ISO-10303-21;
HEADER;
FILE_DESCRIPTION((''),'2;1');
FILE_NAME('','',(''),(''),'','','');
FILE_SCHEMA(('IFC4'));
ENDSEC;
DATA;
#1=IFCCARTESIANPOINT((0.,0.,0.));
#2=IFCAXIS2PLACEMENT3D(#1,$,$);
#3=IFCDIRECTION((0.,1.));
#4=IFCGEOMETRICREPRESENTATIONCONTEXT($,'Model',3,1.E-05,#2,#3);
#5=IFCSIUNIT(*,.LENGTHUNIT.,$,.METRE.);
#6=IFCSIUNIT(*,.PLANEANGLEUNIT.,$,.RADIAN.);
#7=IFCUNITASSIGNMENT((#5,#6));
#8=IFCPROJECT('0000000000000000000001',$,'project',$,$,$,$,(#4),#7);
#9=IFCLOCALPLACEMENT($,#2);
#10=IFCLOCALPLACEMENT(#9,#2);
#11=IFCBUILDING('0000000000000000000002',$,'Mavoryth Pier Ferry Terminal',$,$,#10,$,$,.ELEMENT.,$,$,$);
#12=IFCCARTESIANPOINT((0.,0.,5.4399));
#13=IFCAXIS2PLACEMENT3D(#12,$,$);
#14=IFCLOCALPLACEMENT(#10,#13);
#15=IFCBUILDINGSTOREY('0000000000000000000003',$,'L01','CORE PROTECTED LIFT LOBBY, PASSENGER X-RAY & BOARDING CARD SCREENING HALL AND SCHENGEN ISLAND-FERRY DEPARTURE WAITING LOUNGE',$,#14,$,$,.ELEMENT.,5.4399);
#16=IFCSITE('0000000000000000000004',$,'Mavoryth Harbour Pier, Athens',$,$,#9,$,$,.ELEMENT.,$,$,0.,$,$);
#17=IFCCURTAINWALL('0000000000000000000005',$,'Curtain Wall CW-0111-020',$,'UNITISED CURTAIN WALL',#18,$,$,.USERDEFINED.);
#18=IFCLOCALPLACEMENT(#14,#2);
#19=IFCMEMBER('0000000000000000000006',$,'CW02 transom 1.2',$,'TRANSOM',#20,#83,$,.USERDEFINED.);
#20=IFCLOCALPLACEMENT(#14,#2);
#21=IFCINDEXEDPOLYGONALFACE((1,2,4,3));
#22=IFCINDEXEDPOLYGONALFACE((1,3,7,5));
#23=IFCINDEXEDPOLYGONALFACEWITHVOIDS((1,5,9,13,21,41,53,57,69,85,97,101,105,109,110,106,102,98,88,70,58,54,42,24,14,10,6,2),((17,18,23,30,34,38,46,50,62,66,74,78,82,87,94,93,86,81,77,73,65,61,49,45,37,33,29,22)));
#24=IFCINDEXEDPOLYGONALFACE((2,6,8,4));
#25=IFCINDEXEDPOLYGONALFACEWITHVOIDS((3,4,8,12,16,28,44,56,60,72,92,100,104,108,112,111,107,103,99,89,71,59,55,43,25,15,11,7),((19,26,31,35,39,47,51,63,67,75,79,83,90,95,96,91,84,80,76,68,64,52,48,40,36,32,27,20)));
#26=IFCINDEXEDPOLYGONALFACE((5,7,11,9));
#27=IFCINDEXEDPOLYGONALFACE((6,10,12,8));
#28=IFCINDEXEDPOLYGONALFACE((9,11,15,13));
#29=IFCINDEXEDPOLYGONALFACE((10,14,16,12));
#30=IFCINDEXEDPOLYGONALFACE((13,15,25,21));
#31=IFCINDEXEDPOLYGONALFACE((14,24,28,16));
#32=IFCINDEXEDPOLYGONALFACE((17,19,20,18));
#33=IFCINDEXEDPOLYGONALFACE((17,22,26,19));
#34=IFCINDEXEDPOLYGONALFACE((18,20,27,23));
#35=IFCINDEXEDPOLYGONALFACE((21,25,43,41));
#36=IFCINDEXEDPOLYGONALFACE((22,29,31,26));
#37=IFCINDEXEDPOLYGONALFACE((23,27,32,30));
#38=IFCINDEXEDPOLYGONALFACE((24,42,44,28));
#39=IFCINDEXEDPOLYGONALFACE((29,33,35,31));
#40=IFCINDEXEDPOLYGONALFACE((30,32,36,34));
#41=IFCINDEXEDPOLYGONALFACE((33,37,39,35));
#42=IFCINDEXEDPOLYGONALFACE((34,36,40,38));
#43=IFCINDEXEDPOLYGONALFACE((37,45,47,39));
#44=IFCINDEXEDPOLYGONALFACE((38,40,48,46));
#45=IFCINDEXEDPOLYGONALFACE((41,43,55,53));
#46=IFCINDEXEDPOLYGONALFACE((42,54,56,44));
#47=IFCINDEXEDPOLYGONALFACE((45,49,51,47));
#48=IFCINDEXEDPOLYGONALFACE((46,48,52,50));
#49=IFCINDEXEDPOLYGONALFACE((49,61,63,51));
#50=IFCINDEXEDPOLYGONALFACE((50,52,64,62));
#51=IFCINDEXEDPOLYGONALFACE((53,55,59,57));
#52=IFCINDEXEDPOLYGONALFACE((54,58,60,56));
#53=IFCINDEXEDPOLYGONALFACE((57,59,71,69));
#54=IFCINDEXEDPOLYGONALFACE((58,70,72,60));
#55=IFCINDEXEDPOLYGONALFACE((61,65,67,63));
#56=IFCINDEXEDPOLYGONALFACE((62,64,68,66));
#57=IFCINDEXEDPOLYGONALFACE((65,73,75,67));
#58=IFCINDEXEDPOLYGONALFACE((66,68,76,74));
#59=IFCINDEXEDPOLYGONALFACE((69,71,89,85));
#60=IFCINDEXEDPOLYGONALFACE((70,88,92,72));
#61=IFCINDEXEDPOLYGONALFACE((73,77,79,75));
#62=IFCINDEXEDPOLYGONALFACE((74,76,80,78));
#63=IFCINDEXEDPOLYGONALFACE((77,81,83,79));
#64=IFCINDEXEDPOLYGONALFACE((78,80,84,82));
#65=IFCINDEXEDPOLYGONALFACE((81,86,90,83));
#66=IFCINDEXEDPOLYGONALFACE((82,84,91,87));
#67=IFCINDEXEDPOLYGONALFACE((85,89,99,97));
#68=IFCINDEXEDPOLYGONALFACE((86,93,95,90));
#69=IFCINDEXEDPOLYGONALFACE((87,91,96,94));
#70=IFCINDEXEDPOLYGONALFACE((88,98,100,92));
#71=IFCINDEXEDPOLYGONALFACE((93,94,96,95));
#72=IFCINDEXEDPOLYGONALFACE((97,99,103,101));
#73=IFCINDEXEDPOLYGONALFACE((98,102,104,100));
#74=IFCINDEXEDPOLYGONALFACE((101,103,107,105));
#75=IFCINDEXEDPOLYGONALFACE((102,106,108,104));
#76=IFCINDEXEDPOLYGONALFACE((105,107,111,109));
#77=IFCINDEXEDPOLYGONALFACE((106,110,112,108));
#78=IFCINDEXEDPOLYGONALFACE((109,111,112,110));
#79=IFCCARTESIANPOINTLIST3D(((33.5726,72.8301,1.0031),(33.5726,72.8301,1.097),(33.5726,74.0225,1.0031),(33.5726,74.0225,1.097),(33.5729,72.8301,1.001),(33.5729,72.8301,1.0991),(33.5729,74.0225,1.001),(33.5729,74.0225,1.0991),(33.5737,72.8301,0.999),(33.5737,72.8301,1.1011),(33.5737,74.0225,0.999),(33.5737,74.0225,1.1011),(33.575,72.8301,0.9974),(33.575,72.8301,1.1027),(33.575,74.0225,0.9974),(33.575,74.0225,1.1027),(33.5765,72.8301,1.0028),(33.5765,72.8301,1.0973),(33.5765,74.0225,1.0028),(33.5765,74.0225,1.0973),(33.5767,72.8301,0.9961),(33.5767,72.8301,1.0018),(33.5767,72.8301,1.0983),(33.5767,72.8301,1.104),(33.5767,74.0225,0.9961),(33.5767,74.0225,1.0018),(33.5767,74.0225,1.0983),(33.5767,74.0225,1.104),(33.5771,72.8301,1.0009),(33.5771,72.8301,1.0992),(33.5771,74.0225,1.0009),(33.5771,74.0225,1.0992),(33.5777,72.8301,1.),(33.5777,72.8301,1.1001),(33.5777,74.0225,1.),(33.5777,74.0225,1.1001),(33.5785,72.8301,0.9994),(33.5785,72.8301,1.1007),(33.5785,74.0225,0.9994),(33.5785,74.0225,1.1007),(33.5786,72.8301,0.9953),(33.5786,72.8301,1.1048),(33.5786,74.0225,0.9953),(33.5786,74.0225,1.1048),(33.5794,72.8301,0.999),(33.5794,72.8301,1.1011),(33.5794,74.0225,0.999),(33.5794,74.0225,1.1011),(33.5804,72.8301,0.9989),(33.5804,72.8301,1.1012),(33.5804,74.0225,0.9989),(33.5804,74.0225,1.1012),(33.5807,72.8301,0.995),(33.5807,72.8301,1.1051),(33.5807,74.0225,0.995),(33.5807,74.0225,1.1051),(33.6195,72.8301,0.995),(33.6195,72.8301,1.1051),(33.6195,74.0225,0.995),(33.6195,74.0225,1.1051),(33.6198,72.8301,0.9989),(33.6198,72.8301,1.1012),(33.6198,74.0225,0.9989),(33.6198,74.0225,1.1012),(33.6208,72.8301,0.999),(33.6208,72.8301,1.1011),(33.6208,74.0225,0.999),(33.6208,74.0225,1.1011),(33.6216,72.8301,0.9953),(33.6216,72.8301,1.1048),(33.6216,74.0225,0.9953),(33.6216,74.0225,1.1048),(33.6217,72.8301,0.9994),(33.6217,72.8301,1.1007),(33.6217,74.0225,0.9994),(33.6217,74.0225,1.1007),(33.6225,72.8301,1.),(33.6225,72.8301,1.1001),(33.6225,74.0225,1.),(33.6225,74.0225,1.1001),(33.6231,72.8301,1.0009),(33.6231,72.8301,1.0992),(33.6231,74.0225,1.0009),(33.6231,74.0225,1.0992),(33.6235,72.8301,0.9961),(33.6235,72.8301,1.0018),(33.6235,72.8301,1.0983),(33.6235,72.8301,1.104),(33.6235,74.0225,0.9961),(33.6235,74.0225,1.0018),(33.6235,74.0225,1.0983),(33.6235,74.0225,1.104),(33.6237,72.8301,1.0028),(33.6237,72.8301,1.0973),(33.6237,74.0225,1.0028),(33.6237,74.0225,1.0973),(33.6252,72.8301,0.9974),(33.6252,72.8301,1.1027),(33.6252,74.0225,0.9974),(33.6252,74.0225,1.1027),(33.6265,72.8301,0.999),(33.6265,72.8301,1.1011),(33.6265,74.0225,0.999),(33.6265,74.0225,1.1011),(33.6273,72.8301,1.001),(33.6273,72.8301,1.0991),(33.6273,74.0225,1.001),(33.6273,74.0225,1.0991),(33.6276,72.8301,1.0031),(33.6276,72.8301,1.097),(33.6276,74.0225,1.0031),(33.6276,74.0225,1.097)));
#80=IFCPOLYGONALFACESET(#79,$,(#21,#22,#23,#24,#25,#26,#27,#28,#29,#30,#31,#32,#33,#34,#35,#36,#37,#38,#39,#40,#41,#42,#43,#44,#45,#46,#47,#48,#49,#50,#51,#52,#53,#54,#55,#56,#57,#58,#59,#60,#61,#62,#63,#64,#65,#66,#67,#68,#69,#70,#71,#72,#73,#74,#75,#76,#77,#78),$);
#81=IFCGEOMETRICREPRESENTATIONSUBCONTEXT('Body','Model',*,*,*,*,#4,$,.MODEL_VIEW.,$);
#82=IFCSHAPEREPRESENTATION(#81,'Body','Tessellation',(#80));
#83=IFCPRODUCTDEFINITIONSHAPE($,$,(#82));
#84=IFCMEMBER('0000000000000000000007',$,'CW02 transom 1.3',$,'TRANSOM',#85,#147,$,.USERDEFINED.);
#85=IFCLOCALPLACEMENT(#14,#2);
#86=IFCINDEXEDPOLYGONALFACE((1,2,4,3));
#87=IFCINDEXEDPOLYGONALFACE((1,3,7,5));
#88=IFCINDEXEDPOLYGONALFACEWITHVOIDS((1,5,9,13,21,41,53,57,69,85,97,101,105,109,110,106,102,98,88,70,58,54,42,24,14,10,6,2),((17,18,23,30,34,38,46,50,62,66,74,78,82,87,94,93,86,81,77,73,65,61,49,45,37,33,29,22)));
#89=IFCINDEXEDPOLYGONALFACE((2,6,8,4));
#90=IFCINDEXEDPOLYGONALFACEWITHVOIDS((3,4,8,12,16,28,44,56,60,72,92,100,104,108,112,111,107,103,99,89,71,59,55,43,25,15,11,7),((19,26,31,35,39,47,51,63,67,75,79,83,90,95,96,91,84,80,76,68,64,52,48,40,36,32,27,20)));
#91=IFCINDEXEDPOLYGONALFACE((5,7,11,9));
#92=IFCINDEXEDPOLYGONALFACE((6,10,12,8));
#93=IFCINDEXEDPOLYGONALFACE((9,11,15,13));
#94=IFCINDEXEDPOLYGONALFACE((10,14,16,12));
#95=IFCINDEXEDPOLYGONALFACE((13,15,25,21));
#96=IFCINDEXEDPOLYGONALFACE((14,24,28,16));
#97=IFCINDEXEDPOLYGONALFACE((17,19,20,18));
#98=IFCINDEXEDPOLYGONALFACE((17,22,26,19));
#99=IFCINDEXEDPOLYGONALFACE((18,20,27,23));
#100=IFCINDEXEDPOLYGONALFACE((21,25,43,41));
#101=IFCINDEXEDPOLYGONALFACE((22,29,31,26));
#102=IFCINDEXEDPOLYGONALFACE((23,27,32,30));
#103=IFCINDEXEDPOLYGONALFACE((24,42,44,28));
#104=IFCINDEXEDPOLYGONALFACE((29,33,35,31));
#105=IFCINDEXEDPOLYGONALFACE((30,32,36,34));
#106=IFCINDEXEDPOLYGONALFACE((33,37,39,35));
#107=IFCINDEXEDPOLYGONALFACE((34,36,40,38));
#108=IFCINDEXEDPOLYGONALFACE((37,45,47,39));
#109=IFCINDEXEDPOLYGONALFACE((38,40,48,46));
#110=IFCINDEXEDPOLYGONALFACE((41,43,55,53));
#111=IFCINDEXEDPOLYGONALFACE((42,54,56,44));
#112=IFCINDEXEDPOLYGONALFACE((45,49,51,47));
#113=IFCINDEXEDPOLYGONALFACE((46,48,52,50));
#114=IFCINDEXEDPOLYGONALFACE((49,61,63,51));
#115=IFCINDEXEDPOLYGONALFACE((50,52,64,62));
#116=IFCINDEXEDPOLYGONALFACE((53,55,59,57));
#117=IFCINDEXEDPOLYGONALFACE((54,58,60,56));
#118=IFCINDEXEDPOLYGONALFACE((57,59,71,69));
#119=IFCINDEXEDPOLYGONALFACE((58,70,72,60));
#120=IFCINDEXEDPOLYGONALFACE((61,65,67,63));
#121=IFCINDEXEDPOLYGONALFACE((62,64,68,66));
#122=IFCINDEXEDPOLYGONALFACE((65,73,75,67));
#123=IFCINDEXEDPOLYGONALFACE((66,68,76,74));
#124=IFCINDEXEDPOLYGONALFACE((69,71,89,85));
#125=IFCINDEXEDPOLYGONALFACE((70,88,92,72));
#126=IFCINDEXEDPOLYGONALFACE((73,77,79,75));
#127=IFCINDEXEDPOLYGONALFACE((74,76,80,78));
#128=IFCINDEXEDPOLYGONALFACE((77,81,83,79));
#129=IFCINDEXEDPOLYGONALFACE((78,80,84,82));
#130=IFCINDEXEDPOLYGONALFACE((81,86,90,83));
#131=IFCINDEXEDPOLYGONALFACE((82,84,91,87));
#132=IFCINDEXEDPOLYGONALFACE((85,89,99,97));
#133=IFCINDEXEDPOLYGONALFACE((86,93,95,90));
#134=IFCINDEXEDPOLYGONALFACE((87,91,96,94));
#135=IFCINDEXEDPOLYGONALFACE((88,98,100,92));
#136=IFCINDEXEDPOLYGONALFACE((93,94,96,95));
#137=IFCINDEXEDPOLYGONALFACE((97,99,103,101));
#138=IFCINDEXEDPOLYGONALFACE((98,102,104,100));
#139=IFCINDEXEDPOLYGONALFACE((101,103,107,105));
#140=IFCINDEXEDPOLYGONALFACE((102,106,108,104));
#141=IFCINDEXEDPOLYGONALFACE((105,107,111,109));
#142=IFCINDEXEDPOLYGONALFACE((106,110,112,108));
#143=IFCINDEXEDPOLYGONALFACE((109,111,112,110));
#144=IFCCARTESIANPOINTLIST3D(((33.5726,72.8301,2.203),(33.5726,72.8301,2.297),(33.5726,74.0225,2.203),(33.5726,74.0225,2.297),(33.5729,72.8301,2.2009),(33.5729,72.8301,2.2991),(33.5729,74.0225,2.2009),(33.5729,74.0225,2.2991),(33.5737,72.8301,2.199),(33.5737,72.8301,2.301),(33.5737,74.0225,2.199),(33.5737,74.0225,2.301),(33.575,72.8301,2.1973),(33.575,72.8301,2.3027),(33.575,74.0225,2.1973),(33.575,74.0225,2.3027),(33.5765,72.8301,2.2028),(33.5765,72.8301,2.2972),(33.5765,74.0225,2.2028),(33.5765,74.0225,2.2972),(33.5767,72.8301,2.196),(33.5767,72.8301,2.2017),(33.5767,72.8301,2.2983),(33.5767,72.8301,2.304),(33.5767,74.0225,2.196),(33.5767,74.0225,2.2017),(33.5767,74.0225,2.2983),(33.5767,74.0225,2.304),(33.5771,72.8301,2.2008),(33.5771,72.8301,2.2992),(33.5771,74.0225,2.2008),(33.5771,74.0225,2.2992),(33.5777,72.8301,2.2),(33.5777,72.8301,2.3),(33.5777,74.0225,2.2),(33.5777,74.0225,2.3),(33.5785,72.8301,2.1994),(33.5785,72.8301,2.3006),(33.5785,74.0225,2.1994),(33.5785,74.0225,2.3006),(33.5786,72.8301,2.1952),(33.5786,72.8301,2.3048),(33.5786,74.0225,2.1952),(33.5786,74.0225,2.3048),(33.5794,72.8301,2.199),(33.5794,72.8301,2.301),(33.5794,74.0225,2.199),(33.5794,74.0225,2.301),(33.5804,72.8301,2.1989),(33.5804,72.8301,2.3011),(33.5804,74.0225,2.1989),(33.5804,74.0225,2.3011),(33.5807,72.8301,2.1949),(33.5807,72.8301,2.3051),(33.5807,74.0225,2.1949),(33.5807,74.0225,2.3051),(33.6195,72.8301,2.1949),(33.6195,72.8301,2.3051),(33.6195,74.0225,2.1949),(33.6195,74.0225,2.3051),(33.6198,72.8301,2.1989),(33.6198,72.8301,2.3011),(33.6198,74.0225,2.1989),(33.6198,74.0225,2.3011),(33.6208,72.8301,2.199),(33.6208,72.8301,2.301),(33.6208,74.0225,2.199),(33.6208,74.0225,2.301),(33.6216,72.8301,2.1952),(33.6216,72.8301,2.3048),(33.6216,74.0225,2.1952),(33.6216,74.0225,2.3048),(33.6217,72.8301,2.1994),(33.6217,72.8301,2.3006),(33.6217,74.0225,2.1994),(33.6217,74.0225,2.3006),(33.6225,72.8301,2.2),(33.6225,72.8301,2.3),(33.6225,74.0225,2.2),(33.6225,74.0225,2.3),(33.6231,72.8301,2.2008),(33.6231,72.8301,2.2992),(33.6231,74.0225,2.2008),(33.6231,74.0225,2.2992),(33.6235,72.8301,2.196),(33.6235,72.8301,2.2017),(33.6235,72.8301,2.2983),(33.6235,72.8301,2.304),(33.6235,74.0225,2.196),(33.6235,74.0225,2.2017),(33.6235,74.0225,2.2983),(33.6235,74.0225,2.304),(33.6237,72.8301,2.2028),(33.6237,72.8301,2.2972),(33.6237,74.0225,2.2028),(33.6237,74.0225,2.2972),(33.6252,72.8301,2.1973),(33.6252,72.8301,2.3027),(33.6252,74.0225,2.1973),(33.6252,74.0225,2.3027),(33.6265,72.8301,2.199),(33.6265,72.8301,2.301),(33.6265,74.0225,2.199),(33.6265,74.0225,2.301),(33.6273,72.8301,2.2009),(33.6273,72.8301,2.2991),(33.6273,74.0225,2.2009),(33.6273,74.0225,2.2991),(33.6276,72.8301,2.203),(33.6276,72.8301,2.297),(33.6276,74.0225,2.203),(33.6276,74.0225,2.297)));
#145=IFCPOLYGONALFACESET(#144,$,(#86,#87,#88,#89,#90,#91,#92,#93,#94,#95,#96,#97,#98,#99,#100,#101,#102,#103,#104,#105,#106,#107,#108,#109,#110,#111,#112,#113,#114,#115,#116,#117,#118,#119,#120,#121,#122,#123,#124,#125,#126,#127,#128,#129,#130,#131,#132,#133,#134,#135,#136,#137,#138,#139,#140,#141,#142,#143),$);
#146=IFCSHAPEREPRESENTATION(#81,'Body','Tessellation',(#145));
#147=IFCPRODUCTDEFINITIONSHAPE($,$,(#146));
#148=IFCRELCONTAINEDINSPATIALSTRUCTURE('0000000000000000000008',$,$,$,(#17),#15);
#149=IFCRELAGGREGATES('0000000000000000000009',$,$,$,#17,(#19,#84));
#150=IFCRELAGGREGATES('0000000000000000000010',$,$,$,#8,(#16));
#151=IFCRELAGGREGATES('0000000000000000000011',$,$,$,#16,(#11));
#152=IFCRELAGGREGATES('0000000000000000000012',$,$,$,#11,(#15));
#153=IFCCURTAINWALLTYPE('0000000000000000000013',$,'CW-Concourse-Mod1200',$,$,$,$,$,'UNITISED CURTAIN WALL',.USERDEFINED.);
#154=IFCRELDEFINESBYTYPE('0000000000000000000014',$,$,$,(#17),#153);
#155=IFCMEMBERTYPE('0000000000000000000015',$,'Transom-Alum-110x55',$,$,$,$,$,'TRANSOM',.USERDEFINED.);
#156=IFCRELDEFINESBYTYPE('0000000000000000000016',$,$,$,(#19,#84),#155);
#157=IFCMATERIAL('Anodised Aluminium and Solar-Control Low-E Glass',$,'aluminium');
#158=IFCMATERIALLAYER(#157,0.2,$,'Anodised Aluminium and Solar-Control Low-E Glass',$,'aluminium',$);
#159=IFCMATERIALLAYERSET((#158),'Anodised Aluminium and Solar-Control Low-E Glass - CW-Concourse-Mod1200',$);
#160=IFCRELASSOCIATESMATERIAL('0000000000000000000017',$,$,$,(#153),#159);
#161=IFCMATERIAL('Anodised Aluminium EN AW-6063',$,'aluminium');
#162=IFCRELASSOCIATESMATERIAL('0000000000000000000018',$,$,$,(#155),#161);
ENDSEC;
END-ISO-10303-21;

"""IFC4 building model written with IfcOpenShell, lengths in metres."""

from ifc_helpers import new_model, si_unit, direction, frame, origin, origin_2d, place, context, subcontext, project, spatial, hollow_rectangle, extrude, material, layer, layer_set, material_profile, profile_set, type_object, element, aggregate, save


model = new_model("IFC4")

# Units and contexts
model_context = context("Model", 3, precision=1e-05, world=origin(), true_north=direction((0.0, 1.0)))
body_context = subcontext(model_context, "Body", "Model", "MODEL_VIEW")
ifc_project = project(units=[si_unit("LENGTHUNIT", "METRE"), si_unit("PLANEANGLEUNIT", "RADIAN")], contexts=[model_context])

# Site, building, storey
site_placement = place(None, origin())
site = spatial("IfcSite", under=ifc_project, at=site_placement, Name="Mavoryth Harbour Pier, Athens", CompositionType="ELEMENT", RefElevation=0.0)
building_placement = place(site_placement, origin())
building = spatial("IfcBuilding", under=site, at=building_placement, Name="Mavoryth Pier Ferry Terminal", CompositionType="ELEMENT")
storey_placement = place(building_placement, frame((0.0, 0.0, 5.4399)))
storey = spatial("IfcBuildingStorey", under=building, at=storey_placement, Name="L01", Description="CORE PROTECTED LIFT LOBBY, PASSENGER X-RAY & BOARDING CARD SCREENING HALL AND SCHENGEN ISLAND-FERRY DEPARTURE WAITING LOUNGE", CompositionType="ELEMENT", Elevation=5.4399)

# Curtain wall, members
ifc_material_1 = material(Name="Anodised Aluminium and Solar-Control Low-E Glass", Category="aluminium")
ifc_layer_1 = layer(ifc_material_1, 0.2, Name="Anodised Aluminium and Solar-Control Low-E Glass", Category="aluminium")
ifc_layer_set_1 = layer_set([ifc_layer_1], Name="Anodised Aluminium and Solar-Control Low-E Glass - CW-Concourse-Mod1200")
curtain_wall_type = type_object("IfcCurtainWallType", Name="CW-Concourse-Mod1200", ElementType="UNITISED CURTAIN WALL", PredefinedType="USERDEFINED", material=ifc_layer_set_1)
curtain_wall_placement = place(storey_placement, origin())
curtain_wall = element("IfcCurtainWall", 1, at=curtain_wall_placement, inside=storey, type_object=curtain_wall_type, Name="Curtain Wall CW-0111-020", ObjectType="UNITISED CURTAIN WALL", PredefinedType="USERDEFINED")
ifc_material_2 = material(Name="Anodised Aluminium EN AW-6063", Category="aluminium")
ifc_material_profile_1 = material_profile(ifc_material_2, hollow_rectangle(XDim=0.0549, YDim=0.1101, WallThickness=0.0039, InnerFilletRadius=0.0039, OuterFilletRadius=0.0081, at=origin_2d()), Name="AL-TRAN 110x55x4", Category="aluminium")
ifc_profile_set_1 = profile_set([ifc_material_profile_1], Name="Anodised Aluminium EN AW-6063 - AL-TRAN 110x55x4")
member_type_1 = type_object("IfcMemberType", Name="Transom-Alum-110x55", ElementType="TRANSOM", PredefinedType="USERDEFINED", material=ifc_profile_set_1)
member_1_placement = place(storey_placement, frame((33.6001, 72.8301, 1.05), z_axis=(0.0, 1.0, 0.0), x_axis=(-1.0, 0.0, 0.0)))
member_1 = element("IfcMember", 2, at=member_1_placement, type_object=member_type_1, Name="CW02 transom 1.2", ObjectType="TRANSOM", PredefinedType="USERDEFINED", context=body_context, shape_type="SweptSolid", body=[
    extrude(hollow_rectangle(XDim=0.0549, YDim=0.1101, WallThickness=0.0039, InnerFilletRadius=0.0039, OuterFilletRadius=0.0081, at=origin_2d()), origin(), (0.0, 0.0, 1.0), 1.1924),
])
member_2_placement = place(storey_placement, frame((33.6001, 72.8301, 2.25), z_axis=(0.0, 1.0, 0.0), x_axis=(-1.0, 0.0, 0.0)))
member_2 = element("IfcMember", 3, at=member_2_placement, type_object=member_type_1, Name="CW02 transom 1.3", ObjectType="TRANSOM", PredefinedType="USERDEFINED", context=body_context, shape_type="SweptSolid", body=[
    extrude(hollow_rectangle(XDim=0.0549, YDim=0.1101, WallThickness=0.0039, InnerFilletRadius=0.0039, OuterFilletRadius=0.0081, at=origin_2d()), origin(), (0.0, 0.0, 1.0), 1.1924),
])
aggregate(curtain_wall, [member_1, member_2])

save(model, "model.ifc")
